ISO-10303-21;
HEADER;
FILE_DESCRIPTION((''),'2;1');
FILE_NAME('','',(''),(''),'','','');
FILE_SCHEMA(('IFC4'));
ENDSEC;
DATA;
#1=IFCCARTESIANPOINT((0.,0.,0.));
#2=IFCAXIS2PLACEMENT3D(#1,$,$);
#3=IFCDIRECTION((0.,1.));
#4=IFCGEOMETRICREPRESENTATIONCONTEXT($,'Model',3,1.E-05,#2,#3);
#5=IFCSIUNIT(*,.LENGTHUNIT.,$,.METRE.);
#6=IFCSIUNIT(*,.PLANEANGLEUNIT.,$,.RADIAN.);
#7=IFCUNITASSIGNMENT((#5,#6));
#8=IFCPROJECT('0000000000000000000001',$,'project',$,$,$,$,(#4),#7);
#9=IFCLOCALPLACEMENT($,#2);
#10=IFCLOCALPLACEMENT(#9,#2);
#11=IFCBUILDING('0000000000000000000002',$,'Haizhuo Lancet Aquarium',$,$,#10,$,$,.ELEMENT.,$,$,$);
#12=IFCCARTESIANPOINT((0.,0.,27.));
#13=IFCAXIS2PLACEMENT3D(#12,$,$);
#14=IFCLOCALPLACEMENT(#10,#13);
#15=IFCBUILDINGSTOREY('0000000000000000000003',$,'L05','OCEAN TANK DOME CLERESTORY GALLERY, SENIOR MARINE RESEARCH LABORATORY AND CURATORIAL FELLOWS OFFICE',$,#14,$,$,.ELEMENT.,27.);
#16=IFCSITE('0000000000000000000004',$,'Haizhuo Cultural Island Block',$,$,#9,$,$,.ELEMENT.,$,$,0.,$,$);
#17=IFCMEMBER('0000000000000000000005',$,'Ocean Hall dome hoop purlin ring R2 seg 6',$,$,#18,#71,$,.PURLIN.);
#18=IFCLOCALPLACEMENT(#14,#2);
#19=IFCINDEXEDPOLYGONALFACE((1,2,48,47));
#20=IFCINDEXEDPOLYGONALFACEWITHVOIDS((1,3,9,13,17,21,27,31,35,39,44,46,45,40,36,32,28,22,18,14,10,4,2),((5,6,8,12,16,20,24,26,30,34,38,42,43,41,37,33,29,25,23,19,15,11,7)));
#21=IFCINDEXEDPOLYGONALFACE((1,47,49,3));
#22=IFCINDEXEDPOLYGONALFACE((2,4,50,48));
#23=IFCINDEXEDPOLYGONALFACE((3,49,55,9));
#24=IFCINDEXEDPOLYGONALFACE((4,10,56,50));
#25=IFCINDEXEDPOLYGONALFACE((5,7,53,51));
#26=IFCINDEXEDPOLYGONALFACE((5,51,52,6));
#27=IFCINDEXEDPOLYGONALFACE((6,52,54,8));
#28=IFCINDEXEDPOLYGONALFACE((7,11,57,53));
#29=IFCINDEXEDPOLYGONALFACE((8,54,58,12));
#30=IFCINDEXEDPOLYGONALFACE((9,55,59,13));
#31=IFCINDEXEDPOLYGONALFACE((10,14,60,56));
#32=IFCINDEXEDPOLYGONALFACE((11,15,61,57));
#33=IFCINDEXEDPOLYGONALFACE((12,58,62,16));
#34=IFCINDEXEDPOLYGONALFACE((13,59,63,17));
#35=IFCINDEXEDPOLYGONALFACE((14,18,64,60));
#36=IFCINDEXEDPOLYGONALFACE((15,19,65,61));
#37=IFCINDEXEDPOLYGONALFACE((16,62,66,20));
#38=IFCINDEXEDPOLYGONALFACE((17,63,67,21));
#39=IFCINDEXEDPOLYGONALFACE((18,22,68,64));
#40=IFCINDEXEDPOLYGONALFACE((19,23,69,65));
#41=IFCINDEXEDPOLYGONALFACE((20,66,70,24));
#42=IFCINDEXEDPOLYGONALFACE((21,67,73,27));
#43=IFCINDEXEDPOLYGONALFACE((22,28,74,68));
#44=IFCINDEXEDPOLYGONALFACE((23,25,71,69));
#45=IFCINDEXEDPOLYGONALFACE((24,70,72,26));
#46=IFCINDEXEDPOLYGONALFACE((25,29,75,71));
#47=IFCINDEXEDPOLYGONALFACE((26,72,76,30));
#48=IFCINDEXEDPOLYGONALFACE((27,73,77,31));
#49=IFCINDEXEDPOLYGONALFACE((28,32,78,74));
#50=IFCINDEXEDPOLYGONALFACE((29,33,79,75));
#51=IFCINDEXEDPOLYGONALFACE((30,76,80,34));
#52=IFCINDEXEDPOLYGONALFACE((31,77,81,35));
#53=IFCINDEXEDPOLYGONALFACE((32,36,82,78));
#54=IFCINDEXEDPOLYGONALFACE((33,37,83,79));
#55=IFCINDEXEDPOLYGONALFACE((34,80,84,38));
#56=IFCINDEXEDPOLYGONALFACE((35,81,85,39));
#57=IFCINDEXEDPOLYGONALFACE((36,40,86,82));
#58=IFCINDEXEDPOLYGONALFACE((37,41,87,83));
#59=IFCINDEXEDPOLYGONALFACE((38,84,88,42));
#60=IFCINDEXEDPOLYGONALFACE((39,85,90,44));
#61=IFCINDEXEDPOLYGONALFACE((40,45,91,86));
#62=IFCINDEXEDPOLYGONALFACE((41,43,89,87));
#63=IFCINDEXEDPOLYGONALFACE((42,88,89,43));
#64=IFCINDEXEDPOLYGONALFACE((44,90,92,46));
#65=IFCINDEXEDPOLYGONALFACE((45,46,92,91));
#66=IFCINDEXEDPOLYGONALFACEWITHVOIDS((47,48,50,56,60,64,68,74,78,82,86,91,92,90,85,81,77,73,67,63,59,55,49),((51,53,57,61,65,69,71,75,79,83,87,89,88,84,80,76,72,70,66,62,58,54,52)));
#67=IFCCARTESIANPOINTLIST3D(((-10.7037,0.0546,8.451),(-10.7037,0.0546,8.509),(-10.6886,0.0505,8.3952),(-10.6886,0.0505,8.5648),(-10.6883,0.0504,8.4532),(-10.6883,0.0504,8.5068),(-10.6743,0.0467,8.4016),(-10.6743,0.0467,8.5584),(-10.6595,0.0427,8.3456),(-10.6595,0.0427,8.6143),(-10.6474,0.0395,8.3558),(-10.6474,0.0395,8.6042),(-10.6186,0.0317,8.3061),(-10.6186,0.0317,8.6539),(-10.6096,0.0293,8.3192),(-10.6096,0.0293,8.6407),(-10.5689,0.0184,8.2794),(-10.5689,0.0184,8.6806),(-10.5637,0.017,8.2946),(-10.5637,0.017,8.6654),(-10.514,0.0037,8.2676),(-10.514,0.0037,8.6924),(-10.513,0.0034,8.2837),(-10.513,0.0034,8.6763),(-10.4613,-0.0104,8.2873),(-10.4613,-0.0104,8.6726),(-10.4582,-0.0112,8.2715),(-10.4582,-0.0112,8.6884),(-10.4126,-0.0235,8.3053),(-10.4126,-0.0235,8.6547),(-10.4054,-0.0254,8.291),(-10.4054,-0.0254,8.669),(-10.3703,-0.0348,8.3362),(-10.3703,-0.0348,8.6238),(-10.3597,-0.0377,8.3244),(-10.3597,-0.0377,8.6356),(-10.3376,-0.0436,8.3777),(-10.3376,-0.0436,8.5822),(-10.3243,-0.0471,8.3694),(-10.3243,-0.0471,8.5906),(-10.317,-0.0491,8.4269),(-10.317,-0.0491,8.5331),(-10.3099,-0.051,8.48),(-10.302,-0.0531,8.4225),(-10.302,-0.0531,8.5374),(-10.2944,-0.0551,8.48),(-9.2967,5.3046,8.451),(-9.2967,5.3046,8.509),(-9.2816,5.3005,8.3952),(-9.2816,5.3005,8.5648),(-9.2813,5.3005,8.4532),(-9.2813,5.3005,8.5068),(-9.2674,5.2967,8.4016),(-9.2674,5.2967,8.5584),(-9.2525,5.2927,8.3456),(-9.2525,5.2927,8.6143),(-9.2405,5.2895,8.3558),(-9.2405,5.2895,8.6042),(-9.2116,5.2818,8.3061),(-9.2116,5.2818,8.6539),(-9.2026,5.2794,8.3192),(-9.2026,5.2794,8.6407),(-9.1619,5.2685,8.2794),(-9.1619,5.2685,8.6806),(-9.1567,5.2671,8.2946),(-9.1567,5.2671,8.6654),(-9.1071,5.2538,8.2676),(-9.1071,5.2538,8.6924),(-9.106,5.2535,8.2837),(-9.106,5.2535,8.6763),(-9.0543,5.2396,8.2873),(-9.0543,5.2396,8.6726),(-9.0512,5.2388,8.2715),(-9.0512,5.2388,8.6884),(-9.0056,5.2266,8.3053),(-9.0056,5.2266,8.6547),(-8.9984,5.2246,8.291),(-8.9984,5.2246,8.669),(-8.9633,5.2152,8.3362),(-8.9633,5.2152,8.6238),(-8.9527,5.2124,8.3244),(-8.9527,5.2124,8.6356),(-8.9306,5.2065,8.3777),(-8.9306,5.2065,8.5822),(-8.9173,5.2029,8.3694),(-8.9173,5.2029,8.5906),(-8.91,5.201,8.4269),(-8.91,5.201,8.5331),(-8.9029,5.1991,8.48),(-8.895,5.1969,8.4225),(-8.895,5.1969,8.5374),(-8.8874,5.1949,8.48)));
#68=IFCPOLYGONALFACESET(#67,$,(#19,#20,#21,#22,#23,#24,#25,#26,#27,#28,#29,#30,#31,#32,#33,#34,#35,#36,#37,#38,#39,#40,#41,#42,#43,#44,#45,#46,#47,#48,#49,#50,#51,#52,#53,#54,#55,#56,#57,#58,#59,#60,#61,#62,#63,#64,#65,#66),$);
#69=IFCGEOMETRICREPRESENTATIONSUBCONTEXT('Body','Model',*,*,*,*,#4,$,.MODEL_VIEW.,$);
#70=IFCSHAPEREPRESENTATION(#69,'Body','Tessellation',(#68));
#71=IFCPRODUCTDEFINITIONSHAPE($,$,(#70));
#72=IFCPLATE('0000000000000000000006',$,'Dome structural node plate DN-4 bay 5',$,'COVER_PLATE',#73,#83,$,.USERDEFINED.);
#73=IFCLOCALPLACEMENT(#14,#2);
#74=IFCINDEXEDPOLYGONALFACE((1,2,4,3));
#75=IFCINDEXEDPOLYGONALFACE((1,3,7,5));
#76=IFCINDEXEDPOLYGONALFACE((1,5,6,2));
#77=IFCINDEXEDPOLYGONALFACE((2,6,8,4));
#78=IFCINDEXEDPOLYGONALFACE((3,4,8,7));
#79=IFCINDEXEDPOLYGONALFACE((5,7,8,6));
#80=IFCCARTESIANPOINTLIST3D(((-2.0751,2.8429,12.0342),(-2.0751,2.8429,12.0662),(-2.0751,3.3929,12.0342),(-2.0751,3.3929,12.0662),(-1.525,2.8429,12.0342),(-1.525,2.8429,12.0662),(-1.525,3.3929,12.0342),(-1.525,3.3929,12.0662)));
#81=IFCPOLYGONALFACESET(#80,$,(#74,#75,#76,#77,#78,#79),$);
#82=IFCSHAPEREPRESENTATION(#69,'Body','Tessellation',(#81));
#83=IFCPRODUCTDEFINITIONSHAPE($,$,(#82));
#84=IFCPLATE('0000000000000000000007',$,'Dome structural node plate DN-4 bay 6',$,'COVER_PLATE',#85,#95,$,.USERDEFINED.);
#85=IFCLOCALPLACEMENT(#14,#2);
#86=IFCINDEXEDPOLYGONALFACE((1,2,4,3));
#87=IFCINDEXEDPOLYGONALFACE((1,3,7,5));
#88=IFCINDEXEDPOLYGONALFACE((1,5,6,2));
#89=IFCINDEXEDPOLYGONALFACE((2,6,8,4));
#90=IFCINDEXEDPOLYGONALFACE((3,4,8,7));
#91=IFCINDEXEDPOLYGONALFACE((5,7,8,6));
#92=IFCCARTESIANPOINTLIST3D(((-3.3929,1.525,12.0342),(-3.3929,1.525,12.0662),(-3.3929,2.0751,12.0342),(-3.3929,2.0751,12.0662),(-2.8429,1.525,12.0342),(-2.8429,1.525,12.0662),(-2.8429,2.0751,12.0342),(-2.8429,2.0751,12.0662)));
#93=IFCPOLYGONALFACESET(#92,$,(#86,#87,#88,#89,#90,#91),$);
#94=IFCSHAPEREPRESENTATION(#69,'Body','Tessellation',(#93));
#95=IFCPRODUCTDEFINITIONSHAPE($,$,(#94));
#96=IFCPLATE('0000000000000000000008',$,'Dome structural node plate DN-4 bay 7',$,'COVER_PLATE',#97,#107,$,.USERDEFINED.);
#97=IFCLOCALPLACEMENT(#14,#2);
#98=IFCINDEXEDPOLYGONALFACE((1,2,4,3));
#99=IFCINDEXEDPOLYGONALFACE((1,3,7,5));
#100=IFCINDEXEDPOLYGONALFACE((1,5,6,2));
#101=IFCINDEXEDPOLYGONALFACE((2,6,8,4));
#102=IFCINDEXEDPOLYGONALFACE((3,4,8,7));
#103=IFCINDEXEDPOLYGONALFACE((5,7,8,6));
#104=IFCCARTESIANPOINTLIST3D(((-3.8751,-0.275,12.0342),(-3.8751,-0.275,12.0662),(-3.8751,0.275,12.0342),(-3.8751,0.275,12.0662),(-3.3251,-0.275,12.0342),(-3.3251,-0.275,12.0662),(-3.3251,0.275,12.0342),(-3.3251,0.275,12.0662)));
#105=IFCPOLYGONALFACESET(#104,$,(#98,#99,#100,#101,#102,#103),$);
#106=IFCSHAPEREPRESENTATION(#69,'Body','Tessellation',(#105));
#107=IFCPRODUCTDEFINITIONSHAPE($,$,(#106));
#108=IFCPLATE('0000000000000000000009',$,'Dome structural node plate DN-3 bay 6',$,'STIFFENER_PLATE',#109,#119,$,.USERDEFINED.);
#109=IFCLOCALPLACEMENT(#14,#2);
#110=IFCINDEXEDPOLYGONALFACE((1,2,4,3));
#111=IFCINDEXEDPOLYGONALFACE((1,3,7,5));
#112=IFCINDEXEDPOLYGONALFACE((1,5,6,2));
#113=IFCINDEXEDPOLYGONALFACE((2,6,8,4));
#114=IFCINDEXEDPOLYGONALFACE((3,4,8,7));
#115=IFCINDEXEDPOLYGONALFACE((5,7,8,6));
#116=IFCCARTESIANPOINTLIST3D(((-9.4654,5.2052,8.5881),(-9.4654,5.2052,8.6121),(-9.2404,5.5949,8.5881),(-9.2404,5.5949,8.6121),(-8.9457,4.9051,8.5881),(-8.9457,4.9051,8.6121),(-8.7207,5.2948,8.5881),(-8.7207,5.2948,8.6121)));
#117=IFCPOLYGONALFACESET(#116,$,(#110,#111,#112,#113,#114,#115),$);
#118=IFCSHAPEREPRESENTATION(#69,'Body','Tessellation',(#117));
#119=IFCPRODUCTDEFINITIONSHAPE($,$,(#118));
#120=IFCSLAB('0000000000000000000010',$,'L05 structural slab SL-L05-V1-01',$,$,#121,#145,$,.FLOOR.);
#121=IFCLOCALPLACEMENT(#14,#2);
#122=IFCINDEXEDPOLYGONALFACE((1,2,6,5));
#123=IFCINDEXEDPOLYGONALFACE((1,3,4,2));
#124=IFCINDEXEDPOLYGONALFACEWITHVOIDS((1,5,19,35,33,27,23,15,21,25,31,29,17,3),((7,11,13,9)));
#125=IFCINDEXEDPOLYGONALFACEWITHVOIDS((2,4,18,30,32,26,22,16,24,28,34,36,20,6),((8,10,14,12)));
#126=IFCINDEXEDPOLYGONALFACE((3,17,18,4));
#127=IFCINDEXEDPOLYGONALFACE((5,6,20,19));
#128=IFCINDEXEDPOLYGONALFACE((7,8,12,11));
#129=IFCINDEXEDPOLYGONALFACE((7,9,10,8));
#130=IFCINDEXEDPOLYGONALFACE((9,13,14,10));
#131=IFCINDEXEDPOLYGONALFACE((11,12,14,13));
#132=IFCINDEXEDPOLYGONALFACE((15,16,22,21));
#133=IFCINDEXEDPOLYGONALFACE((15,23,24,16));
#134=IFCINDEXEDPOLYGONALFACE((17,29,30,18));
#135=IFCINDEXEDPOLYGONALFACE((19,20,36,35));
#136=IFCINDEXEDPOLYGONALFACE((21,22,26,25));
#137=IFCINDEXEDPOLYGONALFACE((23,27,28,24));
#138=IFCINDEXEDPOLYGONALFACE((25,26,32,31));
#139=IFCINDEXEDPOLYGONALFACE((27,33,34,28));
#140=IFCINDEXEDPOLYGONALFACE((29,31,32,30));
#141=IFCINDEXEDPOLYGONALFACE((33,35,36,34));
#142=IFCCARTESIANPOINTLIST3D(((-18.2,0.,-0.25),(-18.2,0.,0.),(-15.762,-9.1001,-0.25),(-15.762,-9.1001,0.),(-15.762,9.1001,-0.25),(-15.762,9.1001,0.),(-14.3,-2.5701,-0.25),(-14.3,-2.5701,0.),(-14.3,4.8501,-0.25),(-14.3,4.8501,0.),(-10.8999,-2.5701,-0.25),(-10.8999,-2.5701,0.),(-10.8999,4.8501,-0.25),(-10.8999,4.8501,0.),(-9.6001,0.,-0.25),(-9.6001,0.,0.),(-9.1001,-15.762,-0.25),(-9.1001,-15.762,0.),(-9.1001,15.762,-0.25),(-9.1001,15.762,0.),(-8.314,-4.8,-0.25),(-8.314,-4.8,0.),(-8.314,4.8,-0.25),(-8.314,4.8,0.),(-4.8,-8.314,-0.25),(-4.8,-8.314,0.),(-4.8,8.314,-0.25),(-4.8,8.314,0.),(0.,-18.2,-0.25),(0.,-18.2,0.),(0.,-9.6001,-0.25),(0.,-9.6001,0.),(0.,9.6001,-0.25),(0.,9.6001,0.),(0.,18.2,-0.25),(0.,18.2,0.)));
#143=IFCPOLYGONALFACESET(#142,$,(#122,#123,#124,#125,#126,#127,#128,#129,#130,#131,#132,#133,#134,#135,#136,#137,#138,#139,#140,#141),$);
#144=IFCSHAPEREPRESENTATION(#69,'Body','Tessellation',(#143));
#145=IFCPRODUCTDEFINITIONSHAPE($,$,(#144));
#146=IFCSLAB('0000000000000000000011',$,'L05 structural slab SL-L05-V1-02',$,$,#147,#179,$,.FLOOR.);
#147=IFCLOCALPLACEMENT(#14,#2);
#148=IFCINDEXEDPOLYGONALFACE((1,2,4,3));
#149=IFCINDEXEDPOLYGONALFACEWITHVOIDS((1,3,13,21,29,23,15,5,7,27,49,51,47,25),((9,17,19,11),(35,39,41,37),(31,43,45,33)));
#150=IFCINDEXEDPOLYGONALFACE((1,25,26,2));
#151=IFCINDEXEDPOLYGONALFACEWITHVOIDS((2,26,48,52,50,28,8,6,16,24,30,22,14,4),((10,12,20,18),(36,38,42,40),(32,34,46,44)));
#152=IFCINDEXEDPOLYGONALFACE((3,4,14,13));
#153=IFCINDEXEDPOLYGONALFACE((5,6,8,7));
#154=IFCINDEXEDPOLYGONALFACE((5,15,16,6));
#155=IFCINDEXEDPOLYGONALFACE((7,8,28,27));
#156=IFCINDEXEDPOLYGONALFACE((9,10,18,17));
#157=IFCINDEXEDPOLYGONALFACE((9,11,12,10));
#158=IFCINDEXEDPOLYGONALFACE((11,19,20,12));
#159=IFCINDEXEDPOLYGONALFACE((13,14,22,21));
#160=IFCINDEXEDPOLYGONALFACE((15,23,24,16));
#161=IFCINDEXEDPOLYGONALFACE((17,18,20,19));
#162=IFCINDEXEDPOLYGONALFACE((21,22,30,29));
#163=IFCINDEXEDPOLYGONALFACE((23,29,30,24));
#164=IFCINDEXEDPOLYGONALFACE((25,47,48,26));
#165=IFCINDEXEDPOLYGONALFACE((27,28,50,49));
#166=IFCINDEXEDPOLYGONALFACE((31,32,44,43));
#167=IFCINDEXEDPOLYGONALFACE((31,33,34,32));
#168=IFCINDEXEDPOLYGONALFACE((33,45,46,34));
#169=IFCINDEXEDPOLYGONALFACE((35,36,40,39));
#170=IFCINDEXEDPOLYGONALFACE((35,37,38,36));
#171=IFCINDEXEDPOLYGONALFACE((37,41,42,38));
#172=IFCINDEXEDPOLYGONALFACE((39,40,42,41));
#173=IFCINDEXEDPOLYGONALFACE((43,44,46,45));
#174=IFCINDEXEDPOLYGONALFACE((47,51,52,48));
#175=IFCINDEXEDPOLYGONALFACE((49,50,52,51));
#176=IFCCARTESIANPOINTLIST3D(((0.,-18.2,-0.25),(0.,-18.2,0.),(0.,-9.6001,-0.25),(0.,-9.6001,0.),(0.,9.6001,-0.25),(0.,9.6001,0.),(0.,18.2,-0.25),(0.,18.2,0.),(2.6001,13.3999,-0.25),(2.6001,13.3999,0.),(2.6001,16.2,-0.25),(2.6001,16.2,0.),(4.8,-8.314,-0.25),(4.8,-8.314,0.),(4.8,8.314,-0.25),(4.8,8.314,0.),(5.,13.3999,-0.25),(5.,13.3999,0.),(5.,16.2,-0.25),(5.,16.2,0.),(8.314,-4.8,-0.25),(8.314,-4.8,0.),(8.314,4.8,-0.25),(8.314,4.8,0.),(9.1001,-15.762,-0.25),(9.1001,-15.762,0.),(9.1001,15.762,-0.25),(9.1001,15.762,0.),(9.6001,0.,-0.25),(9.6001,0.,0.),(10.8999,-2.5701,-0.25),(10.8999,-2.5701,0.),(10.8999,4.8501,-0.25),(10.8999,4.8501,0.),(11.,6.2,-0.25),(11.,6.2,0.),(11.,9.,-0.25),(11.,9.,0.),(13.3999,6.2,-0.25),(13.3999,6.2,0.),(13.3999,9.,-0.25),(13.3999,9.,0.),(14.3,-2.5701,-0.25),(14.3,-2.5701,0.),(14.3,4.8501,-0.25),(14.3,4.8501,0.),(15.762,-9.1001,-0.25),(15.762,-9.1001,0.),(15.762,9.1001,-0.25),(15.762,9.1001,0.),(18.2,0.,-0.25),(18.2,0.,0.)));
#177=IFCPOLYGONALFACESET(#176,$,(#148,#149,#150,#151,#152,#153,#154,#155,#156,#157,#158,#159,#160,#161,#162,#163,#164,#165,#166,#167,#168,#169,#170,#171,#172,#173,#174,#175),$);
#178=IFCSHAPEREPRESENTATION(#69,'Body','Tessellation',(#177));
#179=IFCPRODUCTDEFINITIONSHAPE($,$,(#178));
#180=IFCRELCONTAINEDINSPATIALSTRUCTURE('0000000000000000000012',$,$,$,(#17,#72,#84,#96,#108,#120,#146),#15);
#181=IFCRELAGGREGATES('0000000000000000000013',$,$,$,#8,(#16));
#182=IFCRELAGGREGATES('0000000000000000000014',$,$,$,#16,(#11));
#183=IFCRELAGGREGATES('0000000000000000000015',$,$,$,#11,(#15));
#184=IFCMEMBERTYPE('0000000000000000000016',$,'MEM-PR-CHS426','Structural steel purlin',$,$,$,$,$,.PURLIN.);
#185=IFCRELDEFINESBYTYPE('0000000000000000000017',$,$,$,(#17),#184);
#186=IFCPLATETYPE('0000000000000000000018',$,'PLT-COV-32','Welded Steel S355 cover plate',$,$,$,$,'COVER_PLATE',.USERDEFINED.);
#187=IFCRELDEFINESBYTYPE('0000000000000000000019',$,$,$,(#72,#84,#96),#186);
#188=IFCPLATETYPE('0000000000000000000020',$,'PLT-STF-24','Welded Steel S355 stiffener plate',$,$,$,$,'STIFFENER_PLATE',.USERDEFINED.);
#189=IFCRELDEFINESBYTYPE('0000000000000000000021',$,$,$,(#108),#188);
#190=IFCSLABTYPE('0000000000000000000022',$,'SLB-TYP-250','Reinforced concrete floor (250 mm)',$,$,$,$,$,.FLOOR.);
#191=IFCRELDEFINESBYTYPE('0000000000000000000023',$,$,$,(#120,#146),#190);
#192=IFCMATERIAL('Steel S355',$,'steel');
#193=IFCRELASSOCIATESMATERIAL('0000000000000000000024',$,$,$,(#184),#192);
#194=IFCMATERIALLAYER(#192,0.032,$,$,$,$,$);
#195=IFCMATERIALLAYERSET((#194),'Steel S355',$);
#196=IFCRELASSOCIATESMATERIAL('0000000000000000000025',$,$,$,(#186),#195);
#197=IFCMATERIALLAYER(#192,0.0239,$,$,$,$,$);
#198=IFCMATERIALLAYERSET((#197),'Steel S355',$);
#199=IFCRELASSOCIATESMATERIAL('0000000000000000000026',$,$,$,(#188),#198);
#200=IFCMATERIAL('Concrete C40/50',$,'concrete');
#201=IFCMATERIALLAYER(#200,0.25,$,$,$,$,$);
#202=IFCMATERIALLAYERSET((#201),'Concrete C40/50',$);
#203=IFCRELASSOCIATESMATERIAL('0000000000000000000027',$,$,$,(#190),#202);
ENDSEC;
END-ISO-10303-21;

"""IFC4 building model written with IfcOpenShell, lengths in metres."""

from ifc_helpers import new_model, si_unit, direction, frame, origin, origin_2d, place, context, subcontext, project, spatial, polyline, rectangle, hollow_circle, outline, extrude, material, layer, layer_set, material_profile, profile_set, type_object, element, save


model = new_model("IFC4")

# Units and contexts
model_context = context("Model", 3, precision=1e-05, world=origin(), true_north=direction((0.0, 1.0)))
body_context = subcontext(model_context, "Body", "Model", "MODEL_VIEW")
ifc_project = project(units=[si_unit("LENGTHUNIT", "METRE"), si_unit("PLANEANGLEUNIT", "RADIAN")], contexts=[model_context])

# Site, building, storey
site_placement = place(None, origin())
site = spatial("IfcSite", under=ifc_project, at=site_placement, Name="Haizhuo Cultural Island Block", CompositionType="ELEMENT", RefElevation=0.0)
building_placement = place(site_placement, origin())
building = spatial("IfcBuilding", under=site, at=building_placement, Name="Haizhuo Lancet Aquarium", CompositionType="ELEMENT")
storey_placement = place(building_placement, frame((0.0, 0.0, 27.0)))
storey = spatial("IfcBuildingStorey", under=building, at=storey_placement, Name="L05", Description="OCEAN TANK DOME CLERESTORY GALLERY, SENIOR MARINE RESEARCH LABORATORY AND CURATORIAL FELLOWS OFFICE", CompositionType="ELEMENT", Elevation=27.0)

# Shared definitions
ifc_material_1 = material(Name="Steel S355", Category="steel")
ifc_material_2 = material(Name="Concrete C40/50", Category="concrete")

# Member
ifc_material_profile_1 = material_profile(ifc_material_1, hollow_circle(Radius=0.2129, WallThickness=0.0161, at=origin_2d()), Name="CHS 426x16")
ifc_profile_set_1 = profile_set([ifc_material_profile_1], Name="Steel S355")
member_type_1 = type_object("IfcMemberType", Name="MEM-PR-CHS426", Description="Structural steel purlin", PredefinedType="PURLIN", material=ifc_profile_set_1)
member_1_placement = place(storey_placement, frame((-9.093, 5.25, 8.48), z_axis=(-0.258862, -0.965914, 0.0), x_axis=(0.965914, -0.258862, 0.0)))
element("IfcMember", 1, at=member_1_placement, inside=storey, type_object=member_type_1, Name="Ocean Hall dome hoop purlin ring R2 seg 6", PredefinedType="PURLIN", context=body_context, shape_type="SweptSolid", body=[
    extrude(hollow_circle(Radius=0.2129, WallThickness=0.0161, at=origin_2d()), origin(), (0.0, 0.0, 1.0), 5.4353),
])

# Plates
ifc_layer_1 = layer(ifc_material_1, 0.032)
ifc_layer_set_1 = layer_set([ifc_layer_1], Name="Steel S355")
plate_type_1 = type_object("IfcPlateType", Name="PLT-COV-32", Description="Welded Steel S355 cover plate", ElementType="COVER_PLATE", PredefinedType="USERDEFINED", material=ifc_layer_set_1)
for number, where, z_axis, x_axis, name in (
    (2, (-1.8, 3.1179, 12.0342), (0.0, 0.0, 1.0), (1.0, 0.0, 0.0), "Dome structural node plate DN-4 bay 5"),
    (3, (-3.1179, 1.8, 12.0342), (0.0, 0.0, 1.0), (1.0, 0.0, 0.0), "Dome structural node plate DN-4 bay 6"),
    (4, (-3.6001, 0.0, 12.0342), (0.0, 0.0, 1.0), (1.0, 0.0, 0.0), "Dome structural node plate DN-4 bay 7"),
):
    element("IfcPlate", number, at=place(storey_placement, frame(where, z_axis=z_axis, x_axis=x_axis)), inside=storey, type_object=plate_type_1, Name=name, ObjectType="COVER_PLATE", PredefinedType="USERDEFINED", context=body_context, shape_type="SweptSolid", body=[
        extrude(rectangle(XDim=0.55, YDim=0.55, at=origin_2d()), origin(), (0.0, 0.0, 1.0), 0.032),
    ])
ifc_layer_2 = layer(ifc_material_1, 0.0239)
ifc_layer_set_2 = layer_set([ifc_layer_2], Name="Steel S355")
plate_type_2 = type_object("IfcPlateType", Name="PLT-STF-24", Description="Welded Steel S355 stiffener plate", ElementType="STIFFENER_PLATE", PredefinedType="USERDEFINED", material=ifc_layer_set_2)
plate_placement = place(storey_placement, frame((-9.093, 5.25, 8.5881), z_axis=(0.0, 0.0, 1.0), x_axis=(-0.866025, 0.5, 0.0)))
element("IfcPlate", 5, at=plate_placement, inside=storey, type_object=plate_type_2, Name="Dome structural node plate DN-3 bay 6", ObjectType="STIFFENER_PLATE", PredefinedType="USERDEFINED", context=body_context, shape_type="SweptSolid", body=[
    extrude(rectangle(XDim=0.6001, YDim=0.45, at=origin_2d()), origin(), (0.0, 0.0, 1.0), 0.0239),
])

# Slabs
ifc_layer_3 = layer(ifc_material_2, 0.25)
ifc_layer_set_3 = layer_set([ifc_layer_3], Name="Concrete C40/50")
slab_type = type_object("IfcSlabType", Name="SLB-TYP-250", Description="Reinforced concrete floor (250 mm)", PredefinedType="FLOOR", material=ifc_layer_set_3)
slab_1_placement = place(storey_placement, frame((0.0, 0.0, -0.25)))
element("IfcSlab", 6, at=slab_1_placement, inside=storey, type_object=slab_type, Name="L05 structural slab SL-L05-V1-01", PredefinedType="FLOOR", context=body_context, shape_type="SweptSolid", body=[
    extrude(outline(polyline([(-15.762, 9.1001), (-18.2, 0.0), (-15.762, -9.1001), (-9.1001, -15.762), (0.0, -18.2), (0.0, -9.6001), (-4.8, -8.314), (-8.314, -4.8), (-9.6001, 0.0), (-8.314, 4.8), (-4.8, 8.314), (0.0, 9.6001), (0.0, 18.2), (-9.1001, 15.762), (-15.762, 9.1001)]), holes=[polyline([(-14.3, -2.5701), (-10.8999, -2.5701), (-10.8999, 4.8501), (-14.3, 4.8501), (-14.3, -2.5701)])]), origin(), (0.0, 0.0, 1.0), 0.25),
])
slab_2_placement = place(storey_placement, frame((0.0, 0.0, -0.25)))
element("IfcSlab", 7, at=slab_2_placement, inside=storey, type_object=slab_type, Name="L05 structural slab SL-L05-V1-02", PredefinedType="FLOOR", context=body_context, shape_type="SweptSolid", body=[
    extrude(outline(polyline([(0.0, 18.2), (0.0, 9.6001), (4.8, 8.314), (8.314, 4.8), (9.6001, 0.0), (8.314, -4.8), (4.8, -8.314), (0.0, -9.6001), (0.0, -18.2), (9.1001, -15.762), (15.762, -9.1001), (18.2, 0.0), (15.762, 9.1001), (9.1001, 15.762), (0.0, 18.2)]), holes=[polyline([(10.8999, 4.8501), (10.8999, -2.5701), (14.3, -2.5701), (14.3, 4.8501), (10.8999, 4.8501)]), polyline([(5.0, 13.3999), (5.0, 16.2), (2.6001, 16.2), (2.6001, 13.3999), (5.0, 13.3999)]), polyline([(11.0, 9.0), (11.0, 6.2), (13.3999, 6.2), (13.3999, 9.0), (11.0, 9.0)])]), origin(), (0.0, 0.0, 1.0), 0.25),
])

save(model, "model.ifc")
